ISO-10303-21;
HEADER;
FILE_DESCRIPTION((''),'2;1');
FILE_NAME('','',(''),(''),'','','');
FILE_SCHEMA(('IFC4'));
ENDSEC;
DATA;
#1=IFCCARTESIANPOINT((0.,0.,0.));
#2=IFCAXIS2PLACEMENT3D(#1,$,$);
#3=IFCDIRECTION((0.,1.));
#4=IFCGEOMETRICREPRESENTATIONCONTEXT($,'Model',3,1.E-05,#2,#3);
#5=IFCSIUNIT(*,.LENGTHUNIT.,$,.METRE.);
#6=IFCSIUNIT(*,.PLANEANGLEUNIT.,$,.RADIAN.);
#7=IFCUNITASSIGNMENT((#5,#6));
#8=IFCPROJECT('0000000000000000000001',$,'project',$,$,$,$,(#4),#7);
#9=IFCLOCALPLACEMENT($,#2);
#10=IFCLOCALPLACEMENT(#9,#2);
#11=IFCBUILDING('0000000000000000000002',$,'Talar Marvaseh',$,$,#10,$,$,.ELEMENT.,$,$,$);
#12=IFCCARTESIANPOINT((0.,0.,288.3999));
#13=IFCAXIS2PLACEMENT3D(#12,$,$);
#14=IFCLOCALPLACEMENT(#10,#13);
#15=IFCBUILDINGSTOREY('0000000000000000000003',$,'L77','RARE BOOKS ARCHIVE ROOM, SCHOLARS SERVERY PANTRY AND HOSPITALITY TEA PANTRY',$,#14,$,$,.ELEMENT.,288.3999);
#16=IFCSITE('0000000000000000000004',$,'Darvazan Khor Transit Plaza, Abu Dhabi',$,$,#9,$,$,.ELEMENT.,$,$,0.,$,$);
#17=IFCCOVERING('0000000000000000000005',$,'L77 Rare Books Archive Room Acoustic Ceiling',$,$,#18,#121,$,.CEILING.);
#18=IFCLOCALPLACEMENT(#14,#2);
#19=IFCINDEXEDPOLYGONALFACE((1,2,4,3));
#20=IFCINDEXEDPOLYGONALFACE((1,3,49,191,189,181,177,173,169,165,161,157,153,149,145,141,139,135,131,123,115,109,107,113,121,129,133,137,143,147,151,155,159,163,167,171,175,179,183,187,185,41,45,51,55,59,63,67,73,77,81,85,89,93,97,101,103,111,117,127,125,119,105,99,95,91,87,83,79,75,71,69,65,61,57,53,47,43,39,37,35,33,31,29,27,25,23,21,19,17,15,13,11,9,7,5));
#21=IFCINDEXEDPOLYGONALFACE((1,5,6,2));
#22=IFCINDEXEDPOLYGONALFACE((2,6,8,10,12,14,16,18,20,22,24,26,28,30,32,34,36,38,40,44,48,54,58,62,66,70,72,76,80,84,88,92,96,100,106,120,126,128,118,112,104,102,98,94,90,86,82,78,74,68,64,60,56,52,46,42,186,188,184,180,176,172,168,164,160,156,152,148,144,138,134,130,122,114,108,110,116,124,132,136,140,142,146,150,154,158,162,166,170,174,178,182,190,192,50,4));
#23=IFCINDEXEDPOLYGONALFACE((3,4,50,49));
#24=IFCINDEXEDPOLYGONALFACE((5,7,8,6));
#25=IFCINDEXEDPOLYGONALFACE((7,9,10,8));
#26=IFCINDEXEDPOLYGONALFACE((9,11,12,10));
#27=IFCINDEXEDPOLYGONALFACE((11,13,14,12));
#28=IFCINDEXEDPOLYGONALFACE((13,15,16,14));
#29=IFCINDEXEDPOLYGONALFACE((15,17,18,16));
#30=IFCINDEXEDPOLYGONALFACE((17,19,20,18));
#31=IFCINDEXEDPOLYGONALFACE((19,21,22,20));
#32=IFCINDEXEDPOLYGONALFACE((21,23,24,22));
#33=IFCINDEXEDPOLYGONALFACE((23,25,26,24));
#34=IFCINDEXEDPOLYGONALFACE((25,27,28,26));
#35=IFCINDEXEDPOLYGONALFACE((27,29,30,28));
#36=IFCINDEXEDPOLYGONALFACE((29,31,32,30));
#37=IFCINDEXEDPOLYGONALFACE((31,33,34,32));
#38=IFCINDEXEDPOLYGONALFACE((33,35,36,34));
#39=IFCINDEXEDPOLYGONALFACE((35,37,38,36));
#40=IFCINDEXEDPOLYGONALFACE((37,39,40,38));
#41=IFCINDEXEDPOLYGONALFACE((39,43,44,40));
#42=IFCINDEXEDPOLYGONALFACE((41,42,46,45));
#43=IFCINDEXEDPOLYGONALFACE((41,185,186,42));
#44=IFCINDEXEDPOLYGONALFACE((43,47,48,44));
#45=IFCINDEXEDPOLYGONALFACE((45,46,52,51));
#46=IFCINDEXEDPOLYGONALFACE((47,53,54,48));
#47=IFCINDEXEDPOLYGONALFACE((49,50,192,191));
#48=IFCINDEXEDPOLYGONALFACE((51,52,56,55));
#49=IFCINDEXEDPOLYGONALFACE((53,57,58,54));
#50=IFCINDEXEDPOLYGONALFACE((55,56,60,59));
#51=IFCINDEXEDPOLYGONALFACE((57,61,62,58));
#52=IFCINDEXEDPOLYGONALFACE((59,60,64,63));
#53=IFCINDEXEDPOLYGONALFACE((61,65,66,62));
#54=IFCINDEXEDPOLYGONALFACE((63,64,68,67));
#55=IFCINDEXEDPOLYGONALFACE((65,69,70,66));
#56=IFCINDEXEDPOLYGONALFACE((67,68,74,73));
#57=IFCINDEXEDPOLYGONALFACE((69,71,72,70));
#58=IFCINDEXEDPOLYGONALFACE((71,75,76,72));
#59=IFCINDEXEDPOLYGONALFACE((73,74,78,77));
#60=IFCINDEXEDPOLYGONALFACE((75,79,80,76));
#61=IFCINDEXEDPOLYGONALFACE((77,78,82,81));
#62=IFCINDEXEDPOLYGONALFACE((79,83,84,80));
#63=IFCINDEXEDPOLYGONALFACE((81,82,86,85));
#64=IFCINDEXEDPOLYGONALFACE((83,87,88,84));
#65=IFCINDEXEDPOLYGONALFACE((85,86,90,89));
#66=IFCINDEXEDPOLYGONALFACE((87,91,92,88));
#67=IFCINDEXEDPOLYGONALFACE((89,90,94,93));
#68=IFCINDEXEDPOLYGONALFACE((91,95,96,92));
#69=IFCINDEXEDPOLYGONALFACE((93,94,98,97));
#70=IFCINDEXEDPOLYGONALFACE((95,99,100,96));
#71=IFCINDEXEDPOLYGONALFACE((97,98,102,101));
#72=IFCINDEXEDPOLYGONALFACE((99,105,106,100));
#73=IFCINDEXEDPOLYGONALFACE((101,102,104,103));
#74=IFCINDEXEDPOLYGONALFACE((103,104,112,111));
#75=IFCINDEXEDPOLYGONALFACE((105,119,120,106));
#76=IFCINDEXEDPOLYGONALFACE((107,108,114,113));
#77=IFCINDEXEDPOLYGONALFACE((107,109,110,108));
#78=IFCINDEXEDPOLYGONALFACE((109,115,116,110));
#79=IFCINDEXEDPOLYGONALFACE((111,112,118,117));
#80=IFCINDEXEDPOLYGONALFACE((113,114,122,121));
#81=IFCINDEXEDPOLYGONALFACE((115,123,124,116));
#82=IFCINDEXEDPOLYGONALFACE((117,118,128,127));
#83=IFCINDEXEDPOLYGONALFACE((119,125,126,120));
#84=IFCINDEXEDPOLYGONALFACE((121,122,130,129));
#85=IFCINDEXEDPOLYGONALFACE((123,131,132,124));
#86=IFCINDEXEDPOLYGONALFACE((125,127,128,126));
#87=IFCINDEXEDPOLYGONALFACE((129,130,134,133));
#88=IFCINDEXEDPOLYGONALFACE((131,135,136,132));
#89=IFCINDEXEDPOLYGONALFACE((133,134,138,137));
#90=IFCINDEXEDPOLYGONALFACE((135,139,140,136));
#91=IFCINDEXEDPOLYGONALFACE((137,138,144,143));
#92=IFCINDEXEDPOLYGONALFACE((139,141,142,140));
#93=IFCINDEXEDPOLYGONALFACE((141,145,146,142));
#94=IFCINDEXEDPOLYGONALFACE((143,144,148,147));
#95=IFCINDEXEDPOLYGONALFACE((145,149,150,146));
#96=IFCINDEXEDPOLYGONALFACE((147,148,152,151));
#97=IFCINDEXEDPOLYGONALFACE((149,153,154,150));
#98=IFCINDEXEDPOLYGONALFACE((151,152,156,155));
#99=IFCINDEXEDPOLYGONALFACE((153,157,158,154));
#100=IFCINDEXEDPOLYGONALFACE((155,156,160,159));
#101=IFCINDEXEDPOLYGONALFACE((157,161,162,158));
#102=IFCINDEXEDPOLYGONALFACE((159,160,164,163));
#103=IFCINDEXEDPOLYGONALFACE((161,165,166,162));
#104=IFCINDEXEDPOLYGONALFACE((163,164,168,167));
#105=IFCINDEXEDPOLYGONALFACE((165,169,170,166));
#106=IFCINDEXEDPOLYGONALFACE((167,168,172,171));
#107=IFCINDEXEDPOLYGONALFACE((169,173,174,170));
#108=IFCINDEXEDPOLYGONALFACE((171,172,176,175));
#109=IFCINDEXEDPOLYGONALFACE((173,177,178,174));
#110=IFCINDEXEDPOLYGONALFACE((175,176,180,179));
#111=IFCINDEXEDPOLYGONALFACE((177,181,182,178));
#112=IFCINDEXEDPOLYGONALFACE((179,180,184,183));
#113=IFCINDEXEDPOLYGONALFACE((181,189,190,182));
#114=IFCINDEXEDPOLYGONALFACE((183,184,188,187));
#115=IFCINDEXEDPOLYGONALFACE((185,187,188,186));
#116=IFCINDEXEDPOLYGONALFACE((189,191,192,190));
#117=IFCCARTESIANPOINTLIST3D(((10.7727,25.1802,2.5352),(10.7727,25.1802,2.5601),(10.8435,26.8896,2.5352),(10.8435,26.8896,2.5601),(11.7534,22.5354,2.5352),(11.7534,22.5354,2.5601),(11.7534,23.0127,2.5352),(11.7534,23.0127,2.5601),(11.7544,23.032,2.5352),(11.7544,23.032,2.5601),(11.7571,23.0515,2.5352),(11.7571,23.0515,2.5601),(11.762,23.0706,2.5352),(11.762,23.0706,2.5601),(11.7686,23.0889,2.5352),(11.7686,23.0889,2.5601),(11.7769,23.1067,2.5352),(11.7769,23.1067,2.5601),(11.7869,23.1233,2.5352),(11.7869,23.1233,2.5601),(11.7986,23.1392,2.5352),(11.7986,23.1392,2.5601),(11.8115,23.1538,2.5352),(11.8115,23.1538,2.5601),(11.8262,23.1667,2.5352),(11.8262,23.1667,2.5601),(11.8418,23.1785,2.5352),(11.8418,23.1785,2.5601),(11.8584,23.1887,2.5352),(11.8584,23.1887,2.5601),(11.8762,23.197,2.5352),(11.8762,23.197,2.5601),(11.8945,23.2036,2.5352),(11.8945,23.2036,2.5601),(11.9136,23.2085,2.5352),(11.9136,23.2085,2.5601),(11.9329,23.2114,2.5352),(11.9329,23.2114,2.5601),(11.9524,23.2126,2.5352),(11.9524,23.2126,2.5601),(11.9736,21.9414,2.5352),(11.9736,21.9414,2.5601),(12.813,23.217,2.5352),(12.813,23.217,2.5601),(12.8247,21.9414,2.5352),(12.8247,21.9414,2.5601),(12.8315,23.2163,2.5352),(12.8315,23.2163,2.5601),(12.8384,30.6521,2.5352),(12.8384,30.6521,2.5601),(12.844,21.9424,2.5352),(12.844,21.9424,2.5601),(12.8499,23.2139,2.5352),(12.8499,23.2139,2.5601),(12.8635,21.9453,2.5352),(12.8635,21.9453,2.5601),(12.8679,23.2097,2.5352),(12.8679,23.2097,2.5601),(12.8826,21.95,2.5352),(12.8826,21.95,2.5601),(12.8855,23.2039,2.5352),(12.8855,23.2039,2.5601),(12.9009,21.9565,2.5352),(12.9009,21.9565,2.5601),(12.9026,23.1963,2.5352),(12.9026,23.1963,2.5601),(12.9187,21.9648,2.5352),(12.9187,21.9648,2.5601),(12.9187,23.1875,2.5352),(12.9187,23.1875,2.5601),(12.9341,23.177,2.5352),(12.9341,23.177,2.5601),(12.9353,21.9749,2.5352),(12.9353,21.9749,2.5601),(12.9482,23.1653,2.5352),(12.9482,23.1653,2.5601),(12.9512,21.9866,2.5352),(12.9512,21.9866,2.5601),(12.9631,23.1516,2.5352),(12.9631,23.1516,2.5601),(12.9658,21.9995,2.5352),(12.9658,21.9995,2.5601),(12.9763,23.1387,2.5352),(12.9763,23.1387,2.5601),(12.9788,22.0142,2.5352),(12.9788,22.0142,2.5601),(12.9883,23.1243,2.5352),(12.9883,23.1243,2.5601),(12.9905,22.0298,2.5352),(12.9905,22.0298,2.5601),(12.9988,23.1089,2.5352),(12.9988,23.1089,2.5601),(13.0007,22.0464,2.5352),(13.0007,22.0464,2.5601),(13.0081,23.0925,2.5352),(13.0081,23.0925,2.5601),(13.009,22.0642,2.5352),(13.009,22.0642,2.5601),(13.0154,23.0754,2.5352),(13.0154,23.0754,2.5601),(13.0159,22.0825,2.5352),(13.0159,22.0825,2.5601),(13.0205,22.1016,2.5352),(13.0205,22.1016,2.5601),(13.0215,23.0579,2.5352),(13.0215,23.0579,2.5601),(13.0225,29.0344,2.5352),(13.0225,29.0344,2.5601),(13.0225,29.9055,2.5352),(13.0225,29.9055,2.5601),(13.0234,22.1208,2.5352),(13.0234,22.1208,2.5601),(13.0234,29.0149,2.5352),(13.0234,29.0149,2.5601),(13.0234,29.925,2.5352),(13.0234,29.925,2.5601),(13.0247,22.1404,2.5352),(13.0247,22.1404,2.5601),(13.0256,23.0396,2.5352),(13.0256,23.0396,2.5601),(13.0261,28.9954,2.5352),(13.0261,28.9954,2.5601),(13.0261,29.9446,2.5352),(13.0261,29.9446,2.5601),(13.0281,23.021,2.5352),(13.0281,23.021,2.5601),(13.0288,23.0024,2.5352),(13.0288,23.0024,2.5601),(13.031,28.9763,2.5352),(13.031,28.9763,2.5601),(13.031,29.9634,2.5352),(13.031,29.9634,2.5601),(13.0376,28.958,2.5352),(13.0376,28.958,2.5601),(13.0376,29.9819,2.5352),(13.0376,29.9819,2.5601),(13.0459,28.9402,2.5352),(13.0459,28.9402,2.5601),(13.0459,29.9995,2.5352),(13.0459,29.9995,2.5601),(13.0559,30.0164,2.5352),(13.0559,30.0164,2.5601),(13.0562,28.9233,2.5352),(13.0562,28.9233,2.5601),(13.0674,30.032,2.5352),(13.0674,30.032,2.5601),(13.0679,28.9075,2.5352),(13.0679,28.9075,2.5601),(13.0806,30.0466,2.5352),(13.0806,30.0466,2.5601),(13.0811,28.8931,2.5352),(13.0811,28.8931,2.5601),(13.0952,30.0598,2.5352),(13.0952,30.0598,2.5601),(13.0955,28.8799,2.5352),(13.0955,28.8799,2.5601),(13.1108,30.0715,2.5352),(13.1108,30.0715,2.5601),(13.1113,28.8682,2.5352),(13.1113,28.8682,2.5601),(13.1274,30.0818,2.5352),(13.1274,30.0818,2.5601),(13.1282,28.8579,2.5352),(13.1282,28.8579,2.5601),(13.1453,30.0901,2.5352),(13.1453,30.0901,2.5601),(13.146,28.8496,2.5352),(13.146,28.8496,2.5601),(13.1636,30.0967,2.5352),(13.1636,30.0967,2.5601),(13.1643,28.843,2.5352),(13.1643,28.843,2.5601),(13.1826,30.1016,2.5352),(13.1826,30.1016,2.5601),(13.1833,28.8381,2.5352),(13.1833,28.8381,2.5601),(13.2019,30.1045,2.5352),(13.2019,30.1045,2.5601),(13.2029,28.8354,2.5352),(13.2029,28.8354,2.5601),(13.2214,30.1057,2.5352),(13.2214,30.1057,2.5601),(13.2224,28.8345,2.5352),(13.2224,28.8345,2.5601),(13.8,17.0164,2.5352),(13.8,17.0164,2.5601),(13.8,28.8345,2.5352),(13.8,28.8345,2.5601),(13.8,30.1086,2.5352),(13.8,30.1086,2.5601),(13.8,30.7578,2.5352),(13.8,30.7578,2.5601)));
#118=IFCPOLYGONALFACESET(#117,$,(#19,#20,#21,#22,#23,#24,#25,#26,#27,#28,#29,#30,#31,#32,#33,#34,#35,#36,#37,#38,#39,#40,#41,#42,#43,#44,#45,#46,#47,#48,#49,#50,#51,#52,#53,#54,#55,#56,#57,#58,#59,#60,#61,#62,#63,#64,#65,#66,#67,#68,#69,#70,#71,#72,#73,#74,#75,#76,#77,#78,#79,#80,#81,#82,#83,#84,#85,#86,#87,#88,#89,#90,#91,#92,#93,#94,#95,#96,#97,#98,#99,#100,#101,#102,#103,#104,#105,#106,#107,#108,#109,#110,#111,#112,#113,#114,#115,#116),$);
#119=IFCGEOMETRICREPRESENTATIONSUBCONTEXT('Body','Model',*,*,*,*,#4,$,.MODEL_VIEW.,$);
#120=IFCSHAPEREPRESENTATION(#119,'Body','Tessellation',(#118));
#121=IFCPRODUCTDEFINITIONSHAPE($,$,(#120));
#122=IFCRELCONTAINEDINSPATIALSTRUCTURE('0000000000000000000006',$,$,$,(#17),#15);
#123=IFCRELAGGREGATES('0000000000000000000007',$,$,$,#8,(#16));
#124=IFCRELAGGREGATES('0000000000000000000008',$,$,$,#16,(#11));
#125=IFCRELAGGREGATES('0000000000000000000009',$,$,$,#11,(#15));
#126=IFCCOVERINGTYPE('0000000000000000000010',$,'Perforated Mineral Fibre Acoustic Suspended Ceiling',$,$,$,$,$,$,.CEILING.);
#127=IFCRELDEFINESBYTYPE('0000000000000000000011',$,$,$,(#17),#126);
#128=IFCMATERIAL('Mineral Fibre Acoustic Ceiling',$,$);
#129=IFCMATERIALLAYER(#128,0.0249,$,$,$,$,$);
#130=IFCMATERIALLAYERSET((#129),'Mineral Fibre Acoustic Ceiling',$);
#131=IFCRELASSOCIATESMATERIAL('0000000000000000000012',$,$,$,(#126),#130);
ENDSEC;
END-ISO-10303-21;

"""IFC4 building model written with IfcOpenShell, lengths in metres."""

from ifc_helpers import new_model, si_unit, direction, frame, origin, place, context, subcontext, project, spatial, polyline, outline, extrude, material, layer, layer_set, type_object, element, save


model = new_model("IFC4")

# Units and contexts
model_context = context("Model", 3, precision=1e-05, world=origin(), true_north=direction((0.0, 1.0)))
body_context = subcontext(model_context, "Body", "Model", "MODEL_VIEW")
ifc_project = project(units=[si_unit("LENGTHUNIT", "METRE"), si_unit("PLANEANGLEUNIT", "RADIAN")], contexts=[model_context])

# Site, building, storey
site_placement = place(None, origin())
site = spatial("IfcSite", under=ifc_project, at=site_placement, Name="Darvazan Khor Transit Plaza, Abu Dhabi", CompositionType="ELEMENT", RefElevation=0.0)
building_placement = place(site_placement, origin())
building = spatial("IfcBuilding", under=site, at=building_placement, Name="Talar Marvaseh", CompositionType="ELEMENT")
storey_placement = place(building_placement, frame((0.0, 0.0, 288.3999)))
storey = spatial("IfcBuildingStorey", under=building, at=storey_placement, Name="L77", Description="RARE BOOKS ARCHIVE ROOM, SCHOLARS SERVERY PANTRY AND HOSPITALITY TEA PANTRY", CompositionType="ELEMENT", Elevation=288.3999)

# Covering
ifc_material_1 = material(Name="Mineral Fibre Acoustic Ceiling")
ifc_layer_1 = layer(ifc_material_1, 0.0249)
ifc_layer_set_1 = layer_set([ifc_layer_1], Name="Mineral Fibre Acoustic Ceiling")
covering_type_1 = type_object("IfcCoveringType", Name="Perforated Mineral Fibre Acoustic Suspended Ceiling", PredefinedType="CEILING", material=ifc_layer_set_1)
covering_1_placement = place(storey_placement, frame((0.0, 0.0, 2.5352)))
element("IfcCovering", 1, at=covering_1_placement, inside=storey, type_object=covering_type_1, Name="L77 Rare Books Archive Room Acoustic Ceiling", PredefinedType="CEILING", context=body_context, shape_type="SweptSolid", body=[
    extrude(outline(polyline([(12.8384, 30.6521), (13.8, 30.7578), (13.8, 30.1086), (13.2214, 30.1057), (13.2019, 30.1045), (13.1826, 30.1016), (13.1636, 30.0967), (13.1453, 30.0901), (13.1274, 30.0818), (13.1108, 30.0715), (13.0952, 30.0598), (13.0806, 30.0466), (13.0674, 30.032), (13.0559, 30.0164), (13.0459, 29.9995), (13.0376, 29.9819), (13.031, 29.9634), (13.0261, 29.9446), (13.0234, 29.925), (13.0225, 29.9055), (13.0225, 29.0344), (13.0234, 29.0149), (13.0261, 28.9954), (13.031, 28.9763), (13.0376, 28.958), (13.0459, 28.9402), (13.0562, 28.9233), (13.0679, 28.9075), (13.0811, 28.8931), (13.0955, 28.8799), (13.1113, 28.8682), (13.1282, 28.8579), (13.146, 28.8496), (13.1643, 28.843), (13.1833, 28.8381), (13.2029, 28.8354), (13.2224, 28.8345), (13.8, 28.8345), (13.8, 17.0164), (11.9736, 21.9414), (12.8247, 21.9414), (12.844, 21.9424), (12.8635, 21.9453), (12.8826, 21.95), (12.9009, 21.9565), (12.9187, 21.9648), (12.9353, 21.9749), (12.9512, 21.9866), (12.9658, 21.9995), (12.9788, 22.0142), (12.9905, 22.0298), (13.0007, 22.0464), (13.009, 22.0642), (13.0159, 22.0825), (13.0205, 22.1016), (13.0234, 22.1208), (13.0247, 22.1404), (13.0288, 23.0024), (13.0281, 23.021), (13.0256, 23.0396), (13.0215, 23.0579), (13.0154, 23.0754), (13.0081, 23.0925), (12.9988, 23.1089), (12.9883, 23.1243), (12.9763, 23.1387), (12.9631, 23.1516), (12.9482, 23.1653), (12.9341, 23.177), (12.9187, 23.1875), (12.9026, 23.1963), (12.8855, 23.2039), (12.8679, 23.2097), (12.8499, 23.2139), (12.8315, 23.2163), (12.813, 23.217), (11.9524, 23.2126), (11.9329, 23.2114), (11.9136, 23.2085), (11.8945, 23.2036), (11.8762, 23.197), (11.8584, 23.1887), (11.8418, 23.1785), (11.8262, 23.1667), (11.8115, 23.1538), (11.7986, 23.1392), (11.7869, 23.1233), (11.7769, 23.1067), (11.7686, 23.0889), (11.762, 23.0706), (11.7571, 23.0515), (11.7544, 23.032), (11.7534, 23.0127), (11.7534, 22.5354), (10.7727, 25.1802), (10.8435, 26.8896), (12.8384, 30.6521)])), origin(), (0.0, 0.0, 1.0), 0.0249),
])

save(model, "model.ifc")
